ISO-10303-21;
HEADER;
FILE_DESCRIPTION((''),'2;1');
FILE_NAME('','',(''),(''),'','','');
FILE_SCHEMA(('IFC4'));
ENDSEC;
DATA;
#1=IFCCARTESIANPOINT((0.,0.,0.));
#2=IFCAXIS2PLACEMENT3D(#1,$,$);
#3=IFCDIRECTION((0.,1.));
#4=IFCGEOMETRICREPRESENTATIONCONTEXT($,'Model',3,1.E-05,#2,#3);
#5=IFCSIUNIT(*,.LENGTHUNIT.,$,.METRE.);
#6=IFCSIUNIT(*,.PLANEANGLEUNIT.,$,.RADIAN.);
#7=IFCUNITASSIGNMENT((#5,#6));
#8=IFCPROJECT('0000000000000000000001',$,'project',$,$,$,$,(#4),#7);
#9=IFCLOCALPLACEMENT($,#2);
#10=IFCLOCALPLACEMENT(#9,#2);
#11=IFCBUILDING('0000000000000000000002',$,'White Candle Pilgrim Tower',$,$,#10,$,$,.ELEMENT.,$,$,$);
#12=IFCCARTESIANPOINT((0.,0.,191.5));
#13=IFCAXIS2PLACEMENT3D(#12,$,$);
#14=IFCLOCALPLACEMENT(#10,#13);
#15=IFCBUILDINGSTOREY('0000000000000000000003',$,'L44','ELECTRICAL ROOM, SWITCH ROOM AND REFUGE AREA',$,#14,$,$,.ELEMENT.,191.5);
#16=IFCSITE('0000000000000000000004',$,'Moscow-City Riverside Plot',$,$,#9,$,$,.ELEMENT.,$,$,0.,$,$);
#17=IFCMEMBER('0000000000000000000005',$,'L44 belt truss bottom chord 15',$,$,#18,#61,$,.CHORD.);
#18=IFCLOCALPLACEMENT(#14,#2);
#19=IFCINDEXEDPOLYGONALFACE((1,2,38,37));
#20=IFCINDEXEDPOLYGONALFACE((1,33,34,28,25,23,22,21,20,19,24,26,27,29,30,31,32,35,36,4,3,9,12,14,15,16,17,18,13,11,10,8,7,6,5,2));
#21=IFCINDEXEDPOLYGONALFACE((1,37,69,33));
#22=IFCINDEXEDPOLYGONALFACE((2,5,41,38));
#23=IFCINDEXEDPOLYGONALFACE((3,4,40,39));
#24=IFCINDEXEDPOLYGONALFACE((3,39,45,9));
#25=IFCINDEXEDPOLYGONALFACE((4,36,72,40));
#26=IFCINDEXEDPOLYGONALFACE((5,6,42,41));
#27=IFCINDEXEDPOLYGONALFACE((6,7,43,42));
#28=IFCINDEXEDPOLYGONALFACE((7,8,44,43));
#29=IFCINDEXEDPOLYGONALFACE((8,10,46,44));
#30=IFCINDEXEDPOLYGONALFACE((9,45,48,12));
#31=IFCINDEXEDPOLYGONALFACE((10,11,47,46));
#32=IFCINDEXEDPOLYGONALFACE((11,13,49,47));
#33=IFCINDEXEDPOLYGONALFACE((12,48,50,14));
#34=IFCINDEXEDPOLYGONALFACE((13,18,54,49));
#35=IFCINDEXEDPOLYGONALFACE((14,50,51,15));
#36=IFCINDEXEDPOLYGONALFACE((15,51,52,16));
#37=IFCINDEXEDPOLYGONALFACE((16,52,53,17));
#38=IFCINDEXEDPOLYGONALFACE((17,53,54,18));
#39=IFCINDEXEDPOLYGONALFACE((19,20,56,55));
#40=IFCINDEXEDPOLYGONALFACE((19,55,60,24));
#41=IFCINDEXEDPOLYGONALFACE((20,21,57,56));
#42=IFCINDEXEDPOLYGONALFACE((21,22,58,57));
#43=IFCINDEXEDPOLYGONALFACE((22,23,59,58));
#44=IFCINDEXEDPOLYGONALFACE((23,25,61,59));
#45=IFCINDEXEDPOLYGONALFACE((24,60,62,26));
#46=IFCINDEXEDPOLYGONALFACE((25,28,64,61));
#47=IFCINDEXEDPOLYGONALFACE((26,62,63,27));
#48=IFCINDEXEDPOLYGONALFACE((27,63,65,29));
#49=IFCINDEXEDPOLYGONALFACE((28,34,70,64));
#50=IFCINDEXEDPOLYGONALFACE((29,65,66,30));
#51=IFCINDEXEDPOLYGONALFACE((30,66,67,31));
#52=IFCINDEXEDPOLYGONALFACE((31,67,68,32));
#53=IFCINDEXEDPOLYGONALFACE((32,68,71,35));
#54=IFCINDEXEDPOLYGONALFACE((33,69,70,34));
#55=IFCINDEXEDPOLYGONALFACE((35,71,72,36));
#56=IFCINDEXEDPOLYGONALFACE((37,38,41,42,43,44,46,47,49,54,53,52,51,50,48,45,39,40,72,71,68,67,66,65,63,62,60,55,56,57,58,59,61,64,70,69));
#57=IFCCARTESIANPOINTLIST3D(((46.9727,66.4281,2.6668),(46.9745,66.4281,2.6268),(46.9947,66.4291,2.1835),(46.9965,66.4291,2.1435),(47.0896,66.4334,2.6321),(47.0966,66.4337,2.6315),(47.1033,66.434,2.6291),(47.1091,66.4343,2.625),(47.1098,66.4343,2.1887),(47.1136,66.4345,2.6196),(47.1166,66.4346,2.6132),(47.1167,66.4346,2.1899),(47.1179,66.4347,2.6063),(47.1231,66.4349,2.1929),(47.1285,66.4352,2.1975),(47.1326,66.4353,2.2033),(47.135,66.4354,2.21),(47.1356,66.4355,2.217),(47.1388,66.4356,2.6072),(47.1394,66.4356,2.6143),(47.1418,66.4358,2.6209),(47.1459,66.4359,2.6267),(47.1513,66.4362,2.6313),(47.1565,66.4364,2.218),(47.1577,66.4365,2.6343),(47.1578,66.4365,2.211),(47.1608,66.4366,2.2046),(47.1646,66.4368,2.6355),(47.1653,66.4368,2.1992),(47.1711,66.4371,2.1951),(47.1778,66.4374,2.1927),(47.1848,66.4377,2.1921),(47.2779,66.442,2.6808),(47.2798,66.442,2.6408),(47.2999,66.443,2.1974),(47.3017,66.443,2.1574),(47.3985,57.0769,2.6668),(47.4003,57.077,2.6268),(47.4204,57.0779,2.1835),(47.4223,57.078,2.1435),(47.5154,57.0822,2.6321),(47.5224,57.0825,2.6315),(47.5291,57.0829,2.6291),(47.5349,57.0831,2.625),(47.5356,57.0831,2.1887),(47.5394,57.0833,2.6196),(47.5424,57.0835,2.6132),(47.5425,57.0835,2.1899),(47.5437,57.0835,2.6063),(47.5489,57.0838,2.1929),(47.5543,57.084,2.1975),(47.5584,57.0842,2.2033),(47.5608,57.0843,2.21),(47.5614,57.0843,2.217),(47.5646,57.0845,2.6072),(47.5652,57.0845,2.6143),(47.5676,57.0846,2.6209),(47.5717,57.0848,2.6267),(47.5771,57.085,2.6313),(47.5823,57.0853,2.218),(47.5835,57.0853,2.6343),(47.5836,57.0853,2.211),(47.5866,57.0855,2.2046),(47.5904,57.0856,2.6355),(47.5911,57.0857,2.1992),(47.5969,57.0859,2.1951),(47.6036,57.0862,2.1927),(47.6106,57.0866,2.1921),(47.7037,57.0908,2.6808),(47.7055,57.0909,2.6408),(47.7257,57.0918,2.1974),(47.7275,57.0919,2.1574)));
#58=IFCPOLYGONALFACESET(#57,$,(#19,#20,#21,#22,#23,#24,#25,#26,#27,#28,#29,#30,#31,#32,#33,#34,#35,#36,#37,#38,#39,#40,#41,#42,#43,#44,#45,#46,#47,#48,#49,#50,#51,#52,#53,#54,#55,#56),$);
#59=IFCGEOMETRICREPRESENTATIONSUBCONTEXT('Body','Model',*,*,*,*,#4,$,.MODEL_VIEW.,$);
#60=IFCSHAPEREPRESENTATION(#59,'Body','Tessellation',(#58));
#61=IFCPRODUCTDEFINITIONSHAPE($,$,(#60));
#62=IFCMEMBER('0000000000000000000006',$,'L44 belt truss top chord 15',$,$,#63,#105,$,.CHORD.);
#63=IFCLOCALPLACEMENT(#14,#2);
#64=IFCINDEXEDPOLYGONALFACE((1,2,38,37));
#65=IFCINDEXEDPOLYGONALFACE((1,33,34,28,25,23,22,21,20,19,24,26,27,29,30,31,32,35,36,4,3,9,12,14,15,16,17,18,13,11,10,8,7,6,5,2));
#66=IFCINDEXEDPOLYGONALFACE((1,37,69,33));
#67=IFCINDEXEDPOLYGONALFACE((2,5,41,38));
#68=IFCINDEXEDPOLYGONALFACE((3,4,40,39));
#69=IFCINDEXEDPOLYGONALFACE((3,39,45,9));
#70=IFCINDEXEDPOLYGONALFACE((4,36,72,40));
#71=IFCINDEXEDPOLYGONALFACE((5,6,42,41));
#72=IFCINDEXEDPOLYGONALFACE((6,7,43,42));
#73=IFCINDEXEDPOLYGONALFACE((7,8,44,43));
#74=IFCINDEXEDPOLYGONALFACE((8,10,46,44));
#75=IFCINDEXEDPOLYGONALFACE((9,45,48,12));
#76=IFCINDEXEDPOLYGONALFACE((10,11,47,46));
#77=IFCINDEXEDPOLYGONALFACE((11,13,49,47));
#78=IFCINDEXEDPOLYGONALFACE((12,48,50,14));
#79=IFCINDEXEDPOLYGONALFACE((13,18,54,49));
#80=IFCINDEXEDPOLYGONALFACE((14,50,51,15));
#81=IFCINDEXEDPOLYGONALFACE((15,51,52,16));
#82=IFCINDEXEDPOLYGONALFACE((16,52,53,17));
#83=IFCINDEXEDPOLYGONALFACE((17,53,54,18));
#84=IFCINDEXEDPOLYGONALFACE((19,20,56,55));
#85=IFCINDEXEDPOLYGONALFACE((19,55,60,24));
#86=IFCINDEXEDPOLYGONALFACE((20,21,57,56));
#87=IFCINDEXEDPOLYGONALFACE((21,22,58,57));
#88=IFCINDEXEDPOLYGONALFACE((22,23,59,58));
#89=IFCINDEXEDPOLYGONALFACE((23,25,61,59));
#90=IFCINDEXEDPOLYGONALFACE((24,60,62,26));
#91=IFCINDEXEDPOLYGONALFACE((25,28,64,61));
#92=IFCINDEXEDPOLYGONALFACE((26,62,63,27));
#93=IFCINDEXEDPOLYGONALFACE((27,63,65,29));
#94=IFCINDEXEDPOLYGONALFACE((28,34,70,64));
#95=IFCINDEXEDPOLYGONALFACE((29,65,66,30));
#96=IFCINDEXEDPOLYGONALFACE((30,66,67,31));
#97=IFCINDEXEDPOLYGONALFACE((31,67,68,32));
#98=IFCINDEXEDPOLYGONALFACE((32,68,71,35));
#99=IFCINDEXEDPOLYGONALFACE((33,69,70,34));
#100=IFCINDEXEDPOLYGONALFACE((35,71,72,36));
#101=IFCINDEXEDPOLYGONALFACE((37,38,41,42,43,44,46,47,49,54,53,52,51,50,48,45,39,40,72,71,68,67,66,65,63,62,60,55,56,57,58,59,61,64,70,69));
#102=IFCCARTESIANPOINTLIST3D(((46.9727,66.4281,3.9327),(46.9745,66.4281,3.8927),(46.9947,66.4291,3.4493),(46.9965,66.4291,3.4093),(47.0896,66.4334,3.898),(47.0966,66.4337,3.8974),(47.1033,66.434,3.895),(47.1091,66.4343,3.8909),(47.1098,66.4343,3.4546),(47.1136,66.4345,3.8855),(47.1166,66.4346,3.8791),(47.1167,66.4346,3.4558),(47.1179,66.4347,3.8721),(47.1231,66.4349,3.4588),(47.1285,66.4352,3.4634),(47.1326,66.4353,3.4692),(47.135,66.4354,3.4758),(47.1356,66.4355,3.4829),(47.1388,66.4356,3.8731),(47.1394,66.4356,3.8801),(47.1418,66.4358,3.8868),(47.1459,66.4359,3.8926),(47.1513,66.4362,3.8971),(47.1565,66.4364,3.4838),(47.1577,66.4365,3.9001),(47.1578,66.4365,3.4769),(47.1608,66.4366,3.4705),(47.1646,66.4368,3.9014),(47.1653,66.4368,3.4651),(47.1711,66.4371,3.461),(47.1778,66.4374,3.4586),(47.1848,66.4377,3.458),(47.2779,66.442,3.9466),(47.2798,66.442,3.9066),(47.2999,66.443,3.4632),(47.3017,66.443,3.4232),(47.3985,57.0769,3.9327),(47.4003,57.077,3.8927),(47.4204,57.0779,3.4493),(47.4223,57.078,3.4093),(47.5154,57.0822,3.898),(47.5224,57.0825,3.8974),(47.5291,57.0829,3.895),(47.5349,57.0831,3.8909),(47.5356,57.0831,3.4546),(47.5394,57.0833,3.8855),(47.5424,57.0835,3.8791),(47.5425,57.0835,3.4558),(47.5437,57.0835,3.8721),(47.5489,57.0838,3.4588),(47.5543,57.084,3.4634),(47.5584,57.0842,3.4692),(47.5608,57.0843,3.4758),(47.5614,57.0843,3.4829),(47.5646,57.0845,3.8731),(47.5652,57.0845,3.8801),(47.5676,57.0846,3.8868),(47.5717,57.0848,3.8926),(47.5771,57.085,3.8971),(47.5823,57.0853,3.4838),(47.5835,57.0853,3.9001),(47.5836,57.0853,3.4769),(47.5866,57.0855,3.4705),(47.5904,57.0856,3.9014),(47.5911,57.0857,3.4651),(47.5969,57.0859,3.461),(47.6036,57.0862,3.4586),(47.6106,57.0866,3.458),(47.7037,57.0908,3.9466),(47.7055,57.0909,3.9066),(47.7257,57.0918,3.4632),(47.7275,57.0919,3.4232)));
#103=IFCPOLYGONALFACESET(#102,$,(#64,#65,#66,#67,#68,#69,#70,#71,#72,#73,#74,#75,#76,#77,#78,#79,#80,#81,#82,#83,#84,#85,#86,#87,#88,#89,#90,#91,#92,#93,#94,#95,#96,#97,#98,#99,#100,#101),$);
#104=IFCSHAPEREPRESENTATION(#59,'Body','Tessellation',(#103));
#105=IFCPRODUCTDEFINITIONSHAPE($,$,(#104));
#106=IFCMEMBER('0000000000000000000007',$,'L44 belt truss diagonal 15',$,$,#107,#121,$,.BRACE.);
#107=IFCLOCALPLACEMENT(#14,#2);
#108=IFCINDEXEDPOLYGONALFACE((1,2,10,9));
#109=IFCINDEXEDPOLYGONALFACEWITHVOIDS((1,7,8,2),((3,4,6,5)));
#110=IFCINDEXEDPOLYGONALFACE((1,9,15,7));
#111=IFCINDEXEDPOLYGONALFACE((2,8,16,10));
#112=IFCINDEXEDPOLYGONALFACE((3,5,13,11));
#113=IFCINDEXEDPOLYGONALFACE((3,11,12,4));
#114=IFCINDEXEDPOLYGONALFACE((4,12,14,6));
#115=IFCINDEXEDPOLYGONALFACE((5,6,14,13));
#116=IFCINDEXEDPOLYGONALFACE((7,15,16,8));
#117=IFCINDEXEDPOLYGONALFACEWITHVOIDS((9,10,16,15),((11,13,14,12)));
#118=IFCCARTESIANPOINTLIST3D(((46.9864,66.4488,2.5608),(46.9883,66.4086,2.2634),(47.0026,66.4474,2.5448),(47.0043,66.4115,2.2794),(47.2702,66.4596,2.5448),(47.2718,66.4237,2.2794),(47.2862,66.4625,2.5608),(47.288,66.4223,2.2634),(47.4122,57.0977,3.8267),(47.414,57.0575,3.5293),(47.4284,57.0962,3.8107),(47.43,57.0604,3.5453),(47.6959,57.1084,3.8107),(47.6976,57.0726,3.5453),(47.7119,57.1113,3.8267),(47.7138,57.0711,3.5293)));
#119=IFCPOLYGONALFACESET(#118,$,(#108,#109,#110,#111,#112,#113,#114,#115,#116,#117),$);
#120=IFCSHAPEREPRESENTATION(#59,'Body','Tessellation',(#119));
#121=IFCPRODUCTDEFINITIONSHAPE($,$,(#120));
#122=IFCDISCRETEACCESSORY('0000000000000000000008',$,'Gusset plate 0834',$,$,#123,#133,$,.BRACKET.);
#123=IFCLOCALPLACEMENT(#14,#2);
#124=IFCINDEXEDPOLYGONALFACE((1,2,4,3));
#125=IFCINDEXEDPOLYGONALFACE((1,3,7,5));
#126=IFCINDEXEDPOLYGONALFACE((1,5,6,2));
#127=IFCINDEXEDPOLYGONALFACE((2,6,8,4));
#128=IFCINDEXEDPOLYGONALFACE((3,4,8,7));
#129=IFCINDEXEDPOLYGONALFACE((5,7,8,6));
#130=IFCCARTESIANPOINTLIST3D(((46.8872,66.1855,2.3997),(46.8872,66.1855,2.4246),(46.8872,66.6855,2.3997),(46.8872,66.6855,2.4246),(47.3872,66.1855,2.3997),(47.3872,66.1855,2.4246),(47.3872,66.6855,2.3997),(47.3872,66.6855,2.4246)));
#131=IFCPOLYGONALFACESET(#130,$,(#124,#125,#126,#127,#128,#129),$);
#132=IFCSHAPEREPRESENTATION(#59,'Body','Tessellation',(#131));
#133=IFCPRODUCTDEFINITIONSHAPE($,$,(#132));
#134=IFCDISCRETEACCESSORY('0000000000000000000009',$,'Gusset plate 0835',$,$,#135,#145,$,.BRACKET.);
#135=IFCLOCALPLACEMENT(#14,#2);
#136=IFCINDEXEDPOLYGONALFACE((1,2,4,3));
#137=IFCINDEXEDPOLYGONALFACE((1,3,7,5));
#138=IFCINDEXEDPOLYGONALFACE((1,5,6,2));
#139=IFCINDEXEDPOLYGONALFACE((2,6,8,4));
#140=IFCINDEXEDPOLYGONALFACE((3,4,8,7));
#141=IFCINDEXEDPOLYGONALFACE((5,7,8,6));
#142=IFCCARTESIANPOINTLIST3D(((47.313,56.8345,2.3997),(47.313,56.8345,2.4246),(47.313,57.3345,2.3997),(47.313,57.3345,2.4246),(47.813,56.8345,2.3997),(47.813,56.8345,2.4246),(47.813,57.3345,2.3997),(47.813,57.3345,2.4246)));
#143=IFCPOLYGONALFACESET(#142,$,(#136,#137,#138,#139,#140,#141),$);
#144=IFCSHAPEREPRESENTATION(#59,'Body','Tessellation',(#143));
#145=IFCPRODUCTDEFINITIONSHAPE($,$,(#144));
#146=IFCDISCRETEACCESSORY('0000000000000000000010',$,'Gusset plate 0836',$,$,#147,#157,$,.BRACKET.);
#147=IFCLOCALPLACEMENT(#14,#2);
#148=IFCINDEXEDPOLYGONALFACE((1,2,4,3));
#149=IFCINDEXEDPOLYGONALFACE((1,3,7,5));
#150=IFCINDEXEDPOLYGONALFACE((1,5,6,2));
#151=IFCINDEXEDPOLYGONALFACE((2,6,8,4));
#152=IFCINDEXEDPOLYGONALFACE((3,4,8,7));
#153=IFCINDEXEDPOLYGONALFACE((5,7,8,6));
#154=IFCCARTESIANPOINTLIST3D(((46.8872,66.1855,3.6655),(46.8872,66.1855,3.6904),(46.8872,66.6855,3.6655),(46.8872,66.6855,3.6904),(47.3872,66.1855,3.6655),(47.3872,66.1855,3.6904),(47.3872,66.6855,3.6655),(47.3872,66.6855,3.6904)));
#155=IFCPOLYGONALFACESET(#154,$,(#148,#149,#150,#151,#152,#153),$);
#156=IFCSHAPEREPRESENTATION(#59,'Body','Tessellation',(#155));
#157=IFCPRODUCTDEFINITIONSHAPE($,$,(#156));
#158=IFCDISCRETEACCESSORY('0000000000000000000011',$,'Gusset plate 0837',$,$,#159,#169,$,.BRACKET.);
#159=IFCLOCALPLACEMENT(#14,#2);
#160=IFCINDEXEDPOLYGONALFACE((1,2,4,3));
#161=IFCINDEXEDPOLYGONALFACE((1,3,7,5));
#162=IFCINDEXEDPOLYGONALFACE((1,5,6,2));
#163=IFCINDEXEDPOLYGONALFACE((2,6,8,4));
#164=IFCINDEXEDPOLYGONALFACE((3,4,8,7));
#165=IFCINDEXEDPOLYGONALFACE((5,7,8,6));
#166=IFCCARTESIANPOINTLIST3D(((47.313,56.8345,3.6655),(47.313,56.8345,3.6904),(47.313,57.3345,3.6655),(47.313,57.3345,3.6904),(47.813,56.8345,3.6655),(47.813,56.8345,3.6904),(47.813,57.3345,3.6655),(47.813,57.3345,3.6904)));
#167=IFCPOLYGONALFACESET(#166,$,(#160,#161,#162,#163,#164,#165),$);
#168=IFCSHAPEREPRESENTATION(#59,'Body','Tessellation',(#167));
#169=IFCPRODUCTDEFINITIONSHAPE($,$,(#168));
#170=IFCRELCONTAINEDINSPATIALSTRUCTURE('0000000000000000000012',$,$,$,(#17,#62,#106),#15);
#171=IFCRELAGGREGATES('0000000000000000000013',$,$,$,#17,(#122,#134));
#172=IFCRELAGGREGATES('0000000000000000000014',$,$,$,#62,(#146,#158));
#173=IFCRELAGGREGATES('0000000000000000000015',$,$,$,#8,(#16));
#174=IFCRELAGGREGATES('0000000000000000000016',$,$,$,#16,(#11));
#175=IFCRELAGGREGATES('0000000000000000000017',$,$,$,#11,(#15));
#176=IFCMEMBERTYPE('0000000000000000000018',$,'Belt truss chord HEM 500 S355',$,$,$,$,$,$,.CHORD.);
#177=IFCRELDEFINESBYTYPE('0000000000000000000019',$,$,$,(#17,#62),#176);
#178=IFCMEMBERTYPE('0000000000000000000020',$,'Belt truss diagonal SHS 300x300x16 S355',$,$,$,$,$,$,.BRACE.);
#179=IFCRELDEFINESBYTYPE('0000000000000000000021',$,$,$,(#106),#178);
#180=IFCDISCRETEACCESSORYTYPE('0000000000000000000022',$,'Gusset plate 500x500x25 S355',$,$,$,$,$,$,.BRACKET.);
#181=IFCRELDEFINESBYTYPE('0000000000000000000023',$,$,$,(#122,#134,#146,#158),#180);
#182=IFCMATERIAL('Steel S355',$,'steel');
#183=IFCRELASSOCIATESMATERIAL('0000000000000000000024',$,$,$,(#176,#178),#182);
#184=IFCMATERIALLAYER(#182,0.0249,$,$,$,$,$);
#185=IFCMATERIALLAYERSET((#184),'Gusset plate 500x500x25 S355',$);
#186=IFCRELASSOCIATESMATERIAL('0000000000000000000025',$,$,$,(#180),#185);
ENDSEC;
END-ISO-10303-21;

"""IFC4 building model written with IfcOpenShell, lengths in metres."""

from ifc_helpers import new_model, si_unit, direction, frame, origin, origin_2d, place, context, subcontext, project, spatial, rectangle, hollow_rectangle, i_section, extrude, material, layer, layer_set, material_profile, profile_set, type_object, element, aggregate, save


model = new_model("IFC4")

# Units and contexts
model_context = context("Model", 3, precision=1e-05, world=origin(), true_north=direction((0.0, 1.0)))
body_context = subcontext(model_context, "Body", "Model", "MODEL_VIEW")
ifc_project = project(units=[si_unit("LENGTHUNIT", "METRE"), si_unit("PLANEANGLEUNIT", "RADIAN")], contexts=[model_context])

# Site, building, storey
site_placement = place(None, origin())
site = spatial("IfcSite", under=ifc_project, at=site_placement, Name="Moscow-City Riverside Plot", CompositionType="ELEMENT", RefElevation=0.0)
building_placement = place(site_placement, origin())
building = spatial("IfcBuilding", under=site, at=building_placement, Name="White Candle Pilgrim Tower", CompositionType="ELEMENT")
storey_placement = place(building_placement, frame((0.0, 0.0, 191.5)))
storey = spatial("IfcBuildingStorey", under=building, at=storey_placement, Name="L44", Description="ELECTRICAL ROOM, SWITCH ROOM AND REFUGE AREA", CompositionType="ELEMENT", Elevation=191.5)

# Members
ifc_material_1 = material(Name="Steel S355", Category="steel")
ifc_material_profile_1 = material_profile(ifc_material_1, i_section(OverallWidth=0.3059, OverallDepth=0.5239, WebThickness=0.021, FlangeThickness=0.04, FilletRadius=0.0271, at=origin_2d()), Name="HEM 500")
ifc_profile_set_1 = profile_set([ifc_material_profile_1], Name="Steel S355")
member_type_1 = type_object("IfcMemberType", Name="Belt truss chord HEM 500 S355", PredefinedType="CHORD", material=ifc_profile_set_1)
member_1_placement = place(storey_placement, frame((47.1372, 66.4355, 2.4121), z_axis=(0.045486, -0.998965, 0.0), x_axis=(0.997931, 0.045439, 0.045487)))
member_1 = element("IfcMember", 1, at=member_1_placement, inside=storey, type_object=member_type_1, Name="L44 belt truss bottom chord 15", PredefinedType="CHORD", context=body_context, shape_type="SweptSolid", body=[
    extrude(i_section(OverallWidth=0.3059, OverallDepth=0.5239, WebThickness=0.021, FlangeThickness=0.04, FilletRadius=0.0271, at=origin_2d()), origin(), (0.0, 0.0, 1.0), 9.3608),
])
member_2_placement = place(storey_placement, frame((47.1372, 66.4355, 3.678), z_axis=(0.045486, -0.998965, 0.0), x_axis=(0.997931, 0.045439, 0.045487)))
member_2 = element("IfcMember", 2, at=member_2_placement, inside=storey, type_object=member_type_1, Name="L44 belt truss top chord 15", PredefinedType="CHORD", context=body_context, shape_type="SweptSolid", body=[
    extrude(i_section(OverallWidth=0.3059, OverallDepth=0.5239, WebThickness=0.021, FlangeThickness=0.04, FilletRadius=0.0271, at=origin_2d()), origin(), (0.0, 0.0, 1.0), 9.3608),
])
ifc_material_profile_2 = material_profile(ifc_material_1, hollow_rectangle(XDim=0.3, YDim=0.3, WallThickness=0.0161, at=origin_2d()), Name="SHS 300x300x16")
ifc_profile_set_2 = profile_set([ifc_material_profile_2], Name="Steel S355")
member_type_2 = type_object("IfcMemberType", Name="Belt truss diagonal SHS 300x300x16 S355", PredefinedType="BRACE", material=ifc_profile_set_2)
member_3_placement = place(storey_placement, frame((47.1372, 66.4355, 2.4121), z_axis=(0.045075, -0.989954, 0.134012), x_axis=(0.998965, 0.045486, 0.0)))
element("IfcMember", 3, at=member_3_placement, inside=storey, type_object=member_type_2, Name="L44 belt truss diagonal 15", PredefinedType="BRACE", context=body_context, shape_type="SweptSolid", body=[
    extrude(hollow_rectangle(XDim=0.3, YDim=0.3, WallThickness=0.0161, at=origin_2d()), origin(), (0.0, 0.0, 1.0), 9.446),
])

# Discrete accessories
ifc_layer_1 = layer(ifc_material_1, 0.0249)
ifc_layer_set_1 = layer_set([ifc_layer_1], Name="Gusset plate 500x500x25 S355")
discrete_accessory_type = type_object("IfcDiscreteAccessoryType", Name="Gusset plate 500x500x25 S355", PredefinedType="BRACKET", material=ifc_layer_set_1)
discrete_accessory_1_placement = place(storey_placement, frame((47.1372, 66.4355, 2.3997), z_axis=(0.0, 0.0, 1.0), x_axis=(1.0, 0.0, 0.0)))
discrete_accessory_1 = element("IfcDiscreteAccessory", 4, at=discrete_accessory_1_placement, type_object=discrete_accessory_type, Name="Gusset plate 0834", PredefinedType="BRACKET", context=body_context, shape_type="SweptSolid", body=[
    extrude(rectangle(XDim=0.5, YDim=0.5, at=origin_2d()), origin(), (0.0, 0.0, 1.0), 0.0249),
])
discrete_accessory_2_placement = place(storey_placement, frame((47.563, 57.0845, 2.3997), z_axis=(0.0, 0.0, 1.0), x_axis=(1.0, 0.0, 0.0)))
discrete_accessory_2 = element("IfcDiscreteAccessory", 5, at=discrete_accessory_2_placement, type_object=discrete_accessory_type, Name="Gusset plate 0835", PredefinedType="BRACKET", context=body_context, shape_type="SweptSolid", body=[
    extrude(rectangle(XDim=0.5, YDim=0.5, at=origin_2d()), origin(), (0.0, 0.0, 1.0), 0.0249),
])
aggregate(member_1, [discrete_accessory_1, discrete_accessory_2])
discrete_accessory_3_placement = place(storey_placement, frame((47.1372, 66.4355, 3.6655), z_axis=(0.0, 0.0, 1.0), x_axis=(1.0, 0.0, 0.0)))
discrete_accessory_3 = element("IfcDiscreteAccessory", 6, at=discrete_accessory_3_placement, type_object=discrete_accessory_type, Name="Gusset plate 0836", PredefinedType="BRACKET", context=body_context, shape_type="SweptSolid", body=[
    extrude(rectangle(XDim=0.5, YDim=0.5, at=origin_2d()), origin(), (0.0, 0.0, 1.0), 0.0249),
])
discrete_accessory_4_placement = place(storey_placement, frame((47.563, 57.0845, 3.6655), z_axis=(0.0, 0.0, 1.0), x_axis=(1.0, 0.0, 0.0)))
discrete_accessory_4 = element("IfcDiscreteAccessory", 7, at=discrete_accessory_4_placement, type_object=discrete_accessory_type, Name="Gusset plate 0837", PredefinedType="BRACKET", context=body_context, shape_type="SweptSolid", body=[
    extrude(rectangle(XDim=0.5, YDim=0.5, at=origin_2d()), origin(), (0.0, 0.0, 1.0), 0.0249),
])
aggregate(member_2, [discrete_accessory_3, discrete_accessory_4])

save(model, "model.ifc")
